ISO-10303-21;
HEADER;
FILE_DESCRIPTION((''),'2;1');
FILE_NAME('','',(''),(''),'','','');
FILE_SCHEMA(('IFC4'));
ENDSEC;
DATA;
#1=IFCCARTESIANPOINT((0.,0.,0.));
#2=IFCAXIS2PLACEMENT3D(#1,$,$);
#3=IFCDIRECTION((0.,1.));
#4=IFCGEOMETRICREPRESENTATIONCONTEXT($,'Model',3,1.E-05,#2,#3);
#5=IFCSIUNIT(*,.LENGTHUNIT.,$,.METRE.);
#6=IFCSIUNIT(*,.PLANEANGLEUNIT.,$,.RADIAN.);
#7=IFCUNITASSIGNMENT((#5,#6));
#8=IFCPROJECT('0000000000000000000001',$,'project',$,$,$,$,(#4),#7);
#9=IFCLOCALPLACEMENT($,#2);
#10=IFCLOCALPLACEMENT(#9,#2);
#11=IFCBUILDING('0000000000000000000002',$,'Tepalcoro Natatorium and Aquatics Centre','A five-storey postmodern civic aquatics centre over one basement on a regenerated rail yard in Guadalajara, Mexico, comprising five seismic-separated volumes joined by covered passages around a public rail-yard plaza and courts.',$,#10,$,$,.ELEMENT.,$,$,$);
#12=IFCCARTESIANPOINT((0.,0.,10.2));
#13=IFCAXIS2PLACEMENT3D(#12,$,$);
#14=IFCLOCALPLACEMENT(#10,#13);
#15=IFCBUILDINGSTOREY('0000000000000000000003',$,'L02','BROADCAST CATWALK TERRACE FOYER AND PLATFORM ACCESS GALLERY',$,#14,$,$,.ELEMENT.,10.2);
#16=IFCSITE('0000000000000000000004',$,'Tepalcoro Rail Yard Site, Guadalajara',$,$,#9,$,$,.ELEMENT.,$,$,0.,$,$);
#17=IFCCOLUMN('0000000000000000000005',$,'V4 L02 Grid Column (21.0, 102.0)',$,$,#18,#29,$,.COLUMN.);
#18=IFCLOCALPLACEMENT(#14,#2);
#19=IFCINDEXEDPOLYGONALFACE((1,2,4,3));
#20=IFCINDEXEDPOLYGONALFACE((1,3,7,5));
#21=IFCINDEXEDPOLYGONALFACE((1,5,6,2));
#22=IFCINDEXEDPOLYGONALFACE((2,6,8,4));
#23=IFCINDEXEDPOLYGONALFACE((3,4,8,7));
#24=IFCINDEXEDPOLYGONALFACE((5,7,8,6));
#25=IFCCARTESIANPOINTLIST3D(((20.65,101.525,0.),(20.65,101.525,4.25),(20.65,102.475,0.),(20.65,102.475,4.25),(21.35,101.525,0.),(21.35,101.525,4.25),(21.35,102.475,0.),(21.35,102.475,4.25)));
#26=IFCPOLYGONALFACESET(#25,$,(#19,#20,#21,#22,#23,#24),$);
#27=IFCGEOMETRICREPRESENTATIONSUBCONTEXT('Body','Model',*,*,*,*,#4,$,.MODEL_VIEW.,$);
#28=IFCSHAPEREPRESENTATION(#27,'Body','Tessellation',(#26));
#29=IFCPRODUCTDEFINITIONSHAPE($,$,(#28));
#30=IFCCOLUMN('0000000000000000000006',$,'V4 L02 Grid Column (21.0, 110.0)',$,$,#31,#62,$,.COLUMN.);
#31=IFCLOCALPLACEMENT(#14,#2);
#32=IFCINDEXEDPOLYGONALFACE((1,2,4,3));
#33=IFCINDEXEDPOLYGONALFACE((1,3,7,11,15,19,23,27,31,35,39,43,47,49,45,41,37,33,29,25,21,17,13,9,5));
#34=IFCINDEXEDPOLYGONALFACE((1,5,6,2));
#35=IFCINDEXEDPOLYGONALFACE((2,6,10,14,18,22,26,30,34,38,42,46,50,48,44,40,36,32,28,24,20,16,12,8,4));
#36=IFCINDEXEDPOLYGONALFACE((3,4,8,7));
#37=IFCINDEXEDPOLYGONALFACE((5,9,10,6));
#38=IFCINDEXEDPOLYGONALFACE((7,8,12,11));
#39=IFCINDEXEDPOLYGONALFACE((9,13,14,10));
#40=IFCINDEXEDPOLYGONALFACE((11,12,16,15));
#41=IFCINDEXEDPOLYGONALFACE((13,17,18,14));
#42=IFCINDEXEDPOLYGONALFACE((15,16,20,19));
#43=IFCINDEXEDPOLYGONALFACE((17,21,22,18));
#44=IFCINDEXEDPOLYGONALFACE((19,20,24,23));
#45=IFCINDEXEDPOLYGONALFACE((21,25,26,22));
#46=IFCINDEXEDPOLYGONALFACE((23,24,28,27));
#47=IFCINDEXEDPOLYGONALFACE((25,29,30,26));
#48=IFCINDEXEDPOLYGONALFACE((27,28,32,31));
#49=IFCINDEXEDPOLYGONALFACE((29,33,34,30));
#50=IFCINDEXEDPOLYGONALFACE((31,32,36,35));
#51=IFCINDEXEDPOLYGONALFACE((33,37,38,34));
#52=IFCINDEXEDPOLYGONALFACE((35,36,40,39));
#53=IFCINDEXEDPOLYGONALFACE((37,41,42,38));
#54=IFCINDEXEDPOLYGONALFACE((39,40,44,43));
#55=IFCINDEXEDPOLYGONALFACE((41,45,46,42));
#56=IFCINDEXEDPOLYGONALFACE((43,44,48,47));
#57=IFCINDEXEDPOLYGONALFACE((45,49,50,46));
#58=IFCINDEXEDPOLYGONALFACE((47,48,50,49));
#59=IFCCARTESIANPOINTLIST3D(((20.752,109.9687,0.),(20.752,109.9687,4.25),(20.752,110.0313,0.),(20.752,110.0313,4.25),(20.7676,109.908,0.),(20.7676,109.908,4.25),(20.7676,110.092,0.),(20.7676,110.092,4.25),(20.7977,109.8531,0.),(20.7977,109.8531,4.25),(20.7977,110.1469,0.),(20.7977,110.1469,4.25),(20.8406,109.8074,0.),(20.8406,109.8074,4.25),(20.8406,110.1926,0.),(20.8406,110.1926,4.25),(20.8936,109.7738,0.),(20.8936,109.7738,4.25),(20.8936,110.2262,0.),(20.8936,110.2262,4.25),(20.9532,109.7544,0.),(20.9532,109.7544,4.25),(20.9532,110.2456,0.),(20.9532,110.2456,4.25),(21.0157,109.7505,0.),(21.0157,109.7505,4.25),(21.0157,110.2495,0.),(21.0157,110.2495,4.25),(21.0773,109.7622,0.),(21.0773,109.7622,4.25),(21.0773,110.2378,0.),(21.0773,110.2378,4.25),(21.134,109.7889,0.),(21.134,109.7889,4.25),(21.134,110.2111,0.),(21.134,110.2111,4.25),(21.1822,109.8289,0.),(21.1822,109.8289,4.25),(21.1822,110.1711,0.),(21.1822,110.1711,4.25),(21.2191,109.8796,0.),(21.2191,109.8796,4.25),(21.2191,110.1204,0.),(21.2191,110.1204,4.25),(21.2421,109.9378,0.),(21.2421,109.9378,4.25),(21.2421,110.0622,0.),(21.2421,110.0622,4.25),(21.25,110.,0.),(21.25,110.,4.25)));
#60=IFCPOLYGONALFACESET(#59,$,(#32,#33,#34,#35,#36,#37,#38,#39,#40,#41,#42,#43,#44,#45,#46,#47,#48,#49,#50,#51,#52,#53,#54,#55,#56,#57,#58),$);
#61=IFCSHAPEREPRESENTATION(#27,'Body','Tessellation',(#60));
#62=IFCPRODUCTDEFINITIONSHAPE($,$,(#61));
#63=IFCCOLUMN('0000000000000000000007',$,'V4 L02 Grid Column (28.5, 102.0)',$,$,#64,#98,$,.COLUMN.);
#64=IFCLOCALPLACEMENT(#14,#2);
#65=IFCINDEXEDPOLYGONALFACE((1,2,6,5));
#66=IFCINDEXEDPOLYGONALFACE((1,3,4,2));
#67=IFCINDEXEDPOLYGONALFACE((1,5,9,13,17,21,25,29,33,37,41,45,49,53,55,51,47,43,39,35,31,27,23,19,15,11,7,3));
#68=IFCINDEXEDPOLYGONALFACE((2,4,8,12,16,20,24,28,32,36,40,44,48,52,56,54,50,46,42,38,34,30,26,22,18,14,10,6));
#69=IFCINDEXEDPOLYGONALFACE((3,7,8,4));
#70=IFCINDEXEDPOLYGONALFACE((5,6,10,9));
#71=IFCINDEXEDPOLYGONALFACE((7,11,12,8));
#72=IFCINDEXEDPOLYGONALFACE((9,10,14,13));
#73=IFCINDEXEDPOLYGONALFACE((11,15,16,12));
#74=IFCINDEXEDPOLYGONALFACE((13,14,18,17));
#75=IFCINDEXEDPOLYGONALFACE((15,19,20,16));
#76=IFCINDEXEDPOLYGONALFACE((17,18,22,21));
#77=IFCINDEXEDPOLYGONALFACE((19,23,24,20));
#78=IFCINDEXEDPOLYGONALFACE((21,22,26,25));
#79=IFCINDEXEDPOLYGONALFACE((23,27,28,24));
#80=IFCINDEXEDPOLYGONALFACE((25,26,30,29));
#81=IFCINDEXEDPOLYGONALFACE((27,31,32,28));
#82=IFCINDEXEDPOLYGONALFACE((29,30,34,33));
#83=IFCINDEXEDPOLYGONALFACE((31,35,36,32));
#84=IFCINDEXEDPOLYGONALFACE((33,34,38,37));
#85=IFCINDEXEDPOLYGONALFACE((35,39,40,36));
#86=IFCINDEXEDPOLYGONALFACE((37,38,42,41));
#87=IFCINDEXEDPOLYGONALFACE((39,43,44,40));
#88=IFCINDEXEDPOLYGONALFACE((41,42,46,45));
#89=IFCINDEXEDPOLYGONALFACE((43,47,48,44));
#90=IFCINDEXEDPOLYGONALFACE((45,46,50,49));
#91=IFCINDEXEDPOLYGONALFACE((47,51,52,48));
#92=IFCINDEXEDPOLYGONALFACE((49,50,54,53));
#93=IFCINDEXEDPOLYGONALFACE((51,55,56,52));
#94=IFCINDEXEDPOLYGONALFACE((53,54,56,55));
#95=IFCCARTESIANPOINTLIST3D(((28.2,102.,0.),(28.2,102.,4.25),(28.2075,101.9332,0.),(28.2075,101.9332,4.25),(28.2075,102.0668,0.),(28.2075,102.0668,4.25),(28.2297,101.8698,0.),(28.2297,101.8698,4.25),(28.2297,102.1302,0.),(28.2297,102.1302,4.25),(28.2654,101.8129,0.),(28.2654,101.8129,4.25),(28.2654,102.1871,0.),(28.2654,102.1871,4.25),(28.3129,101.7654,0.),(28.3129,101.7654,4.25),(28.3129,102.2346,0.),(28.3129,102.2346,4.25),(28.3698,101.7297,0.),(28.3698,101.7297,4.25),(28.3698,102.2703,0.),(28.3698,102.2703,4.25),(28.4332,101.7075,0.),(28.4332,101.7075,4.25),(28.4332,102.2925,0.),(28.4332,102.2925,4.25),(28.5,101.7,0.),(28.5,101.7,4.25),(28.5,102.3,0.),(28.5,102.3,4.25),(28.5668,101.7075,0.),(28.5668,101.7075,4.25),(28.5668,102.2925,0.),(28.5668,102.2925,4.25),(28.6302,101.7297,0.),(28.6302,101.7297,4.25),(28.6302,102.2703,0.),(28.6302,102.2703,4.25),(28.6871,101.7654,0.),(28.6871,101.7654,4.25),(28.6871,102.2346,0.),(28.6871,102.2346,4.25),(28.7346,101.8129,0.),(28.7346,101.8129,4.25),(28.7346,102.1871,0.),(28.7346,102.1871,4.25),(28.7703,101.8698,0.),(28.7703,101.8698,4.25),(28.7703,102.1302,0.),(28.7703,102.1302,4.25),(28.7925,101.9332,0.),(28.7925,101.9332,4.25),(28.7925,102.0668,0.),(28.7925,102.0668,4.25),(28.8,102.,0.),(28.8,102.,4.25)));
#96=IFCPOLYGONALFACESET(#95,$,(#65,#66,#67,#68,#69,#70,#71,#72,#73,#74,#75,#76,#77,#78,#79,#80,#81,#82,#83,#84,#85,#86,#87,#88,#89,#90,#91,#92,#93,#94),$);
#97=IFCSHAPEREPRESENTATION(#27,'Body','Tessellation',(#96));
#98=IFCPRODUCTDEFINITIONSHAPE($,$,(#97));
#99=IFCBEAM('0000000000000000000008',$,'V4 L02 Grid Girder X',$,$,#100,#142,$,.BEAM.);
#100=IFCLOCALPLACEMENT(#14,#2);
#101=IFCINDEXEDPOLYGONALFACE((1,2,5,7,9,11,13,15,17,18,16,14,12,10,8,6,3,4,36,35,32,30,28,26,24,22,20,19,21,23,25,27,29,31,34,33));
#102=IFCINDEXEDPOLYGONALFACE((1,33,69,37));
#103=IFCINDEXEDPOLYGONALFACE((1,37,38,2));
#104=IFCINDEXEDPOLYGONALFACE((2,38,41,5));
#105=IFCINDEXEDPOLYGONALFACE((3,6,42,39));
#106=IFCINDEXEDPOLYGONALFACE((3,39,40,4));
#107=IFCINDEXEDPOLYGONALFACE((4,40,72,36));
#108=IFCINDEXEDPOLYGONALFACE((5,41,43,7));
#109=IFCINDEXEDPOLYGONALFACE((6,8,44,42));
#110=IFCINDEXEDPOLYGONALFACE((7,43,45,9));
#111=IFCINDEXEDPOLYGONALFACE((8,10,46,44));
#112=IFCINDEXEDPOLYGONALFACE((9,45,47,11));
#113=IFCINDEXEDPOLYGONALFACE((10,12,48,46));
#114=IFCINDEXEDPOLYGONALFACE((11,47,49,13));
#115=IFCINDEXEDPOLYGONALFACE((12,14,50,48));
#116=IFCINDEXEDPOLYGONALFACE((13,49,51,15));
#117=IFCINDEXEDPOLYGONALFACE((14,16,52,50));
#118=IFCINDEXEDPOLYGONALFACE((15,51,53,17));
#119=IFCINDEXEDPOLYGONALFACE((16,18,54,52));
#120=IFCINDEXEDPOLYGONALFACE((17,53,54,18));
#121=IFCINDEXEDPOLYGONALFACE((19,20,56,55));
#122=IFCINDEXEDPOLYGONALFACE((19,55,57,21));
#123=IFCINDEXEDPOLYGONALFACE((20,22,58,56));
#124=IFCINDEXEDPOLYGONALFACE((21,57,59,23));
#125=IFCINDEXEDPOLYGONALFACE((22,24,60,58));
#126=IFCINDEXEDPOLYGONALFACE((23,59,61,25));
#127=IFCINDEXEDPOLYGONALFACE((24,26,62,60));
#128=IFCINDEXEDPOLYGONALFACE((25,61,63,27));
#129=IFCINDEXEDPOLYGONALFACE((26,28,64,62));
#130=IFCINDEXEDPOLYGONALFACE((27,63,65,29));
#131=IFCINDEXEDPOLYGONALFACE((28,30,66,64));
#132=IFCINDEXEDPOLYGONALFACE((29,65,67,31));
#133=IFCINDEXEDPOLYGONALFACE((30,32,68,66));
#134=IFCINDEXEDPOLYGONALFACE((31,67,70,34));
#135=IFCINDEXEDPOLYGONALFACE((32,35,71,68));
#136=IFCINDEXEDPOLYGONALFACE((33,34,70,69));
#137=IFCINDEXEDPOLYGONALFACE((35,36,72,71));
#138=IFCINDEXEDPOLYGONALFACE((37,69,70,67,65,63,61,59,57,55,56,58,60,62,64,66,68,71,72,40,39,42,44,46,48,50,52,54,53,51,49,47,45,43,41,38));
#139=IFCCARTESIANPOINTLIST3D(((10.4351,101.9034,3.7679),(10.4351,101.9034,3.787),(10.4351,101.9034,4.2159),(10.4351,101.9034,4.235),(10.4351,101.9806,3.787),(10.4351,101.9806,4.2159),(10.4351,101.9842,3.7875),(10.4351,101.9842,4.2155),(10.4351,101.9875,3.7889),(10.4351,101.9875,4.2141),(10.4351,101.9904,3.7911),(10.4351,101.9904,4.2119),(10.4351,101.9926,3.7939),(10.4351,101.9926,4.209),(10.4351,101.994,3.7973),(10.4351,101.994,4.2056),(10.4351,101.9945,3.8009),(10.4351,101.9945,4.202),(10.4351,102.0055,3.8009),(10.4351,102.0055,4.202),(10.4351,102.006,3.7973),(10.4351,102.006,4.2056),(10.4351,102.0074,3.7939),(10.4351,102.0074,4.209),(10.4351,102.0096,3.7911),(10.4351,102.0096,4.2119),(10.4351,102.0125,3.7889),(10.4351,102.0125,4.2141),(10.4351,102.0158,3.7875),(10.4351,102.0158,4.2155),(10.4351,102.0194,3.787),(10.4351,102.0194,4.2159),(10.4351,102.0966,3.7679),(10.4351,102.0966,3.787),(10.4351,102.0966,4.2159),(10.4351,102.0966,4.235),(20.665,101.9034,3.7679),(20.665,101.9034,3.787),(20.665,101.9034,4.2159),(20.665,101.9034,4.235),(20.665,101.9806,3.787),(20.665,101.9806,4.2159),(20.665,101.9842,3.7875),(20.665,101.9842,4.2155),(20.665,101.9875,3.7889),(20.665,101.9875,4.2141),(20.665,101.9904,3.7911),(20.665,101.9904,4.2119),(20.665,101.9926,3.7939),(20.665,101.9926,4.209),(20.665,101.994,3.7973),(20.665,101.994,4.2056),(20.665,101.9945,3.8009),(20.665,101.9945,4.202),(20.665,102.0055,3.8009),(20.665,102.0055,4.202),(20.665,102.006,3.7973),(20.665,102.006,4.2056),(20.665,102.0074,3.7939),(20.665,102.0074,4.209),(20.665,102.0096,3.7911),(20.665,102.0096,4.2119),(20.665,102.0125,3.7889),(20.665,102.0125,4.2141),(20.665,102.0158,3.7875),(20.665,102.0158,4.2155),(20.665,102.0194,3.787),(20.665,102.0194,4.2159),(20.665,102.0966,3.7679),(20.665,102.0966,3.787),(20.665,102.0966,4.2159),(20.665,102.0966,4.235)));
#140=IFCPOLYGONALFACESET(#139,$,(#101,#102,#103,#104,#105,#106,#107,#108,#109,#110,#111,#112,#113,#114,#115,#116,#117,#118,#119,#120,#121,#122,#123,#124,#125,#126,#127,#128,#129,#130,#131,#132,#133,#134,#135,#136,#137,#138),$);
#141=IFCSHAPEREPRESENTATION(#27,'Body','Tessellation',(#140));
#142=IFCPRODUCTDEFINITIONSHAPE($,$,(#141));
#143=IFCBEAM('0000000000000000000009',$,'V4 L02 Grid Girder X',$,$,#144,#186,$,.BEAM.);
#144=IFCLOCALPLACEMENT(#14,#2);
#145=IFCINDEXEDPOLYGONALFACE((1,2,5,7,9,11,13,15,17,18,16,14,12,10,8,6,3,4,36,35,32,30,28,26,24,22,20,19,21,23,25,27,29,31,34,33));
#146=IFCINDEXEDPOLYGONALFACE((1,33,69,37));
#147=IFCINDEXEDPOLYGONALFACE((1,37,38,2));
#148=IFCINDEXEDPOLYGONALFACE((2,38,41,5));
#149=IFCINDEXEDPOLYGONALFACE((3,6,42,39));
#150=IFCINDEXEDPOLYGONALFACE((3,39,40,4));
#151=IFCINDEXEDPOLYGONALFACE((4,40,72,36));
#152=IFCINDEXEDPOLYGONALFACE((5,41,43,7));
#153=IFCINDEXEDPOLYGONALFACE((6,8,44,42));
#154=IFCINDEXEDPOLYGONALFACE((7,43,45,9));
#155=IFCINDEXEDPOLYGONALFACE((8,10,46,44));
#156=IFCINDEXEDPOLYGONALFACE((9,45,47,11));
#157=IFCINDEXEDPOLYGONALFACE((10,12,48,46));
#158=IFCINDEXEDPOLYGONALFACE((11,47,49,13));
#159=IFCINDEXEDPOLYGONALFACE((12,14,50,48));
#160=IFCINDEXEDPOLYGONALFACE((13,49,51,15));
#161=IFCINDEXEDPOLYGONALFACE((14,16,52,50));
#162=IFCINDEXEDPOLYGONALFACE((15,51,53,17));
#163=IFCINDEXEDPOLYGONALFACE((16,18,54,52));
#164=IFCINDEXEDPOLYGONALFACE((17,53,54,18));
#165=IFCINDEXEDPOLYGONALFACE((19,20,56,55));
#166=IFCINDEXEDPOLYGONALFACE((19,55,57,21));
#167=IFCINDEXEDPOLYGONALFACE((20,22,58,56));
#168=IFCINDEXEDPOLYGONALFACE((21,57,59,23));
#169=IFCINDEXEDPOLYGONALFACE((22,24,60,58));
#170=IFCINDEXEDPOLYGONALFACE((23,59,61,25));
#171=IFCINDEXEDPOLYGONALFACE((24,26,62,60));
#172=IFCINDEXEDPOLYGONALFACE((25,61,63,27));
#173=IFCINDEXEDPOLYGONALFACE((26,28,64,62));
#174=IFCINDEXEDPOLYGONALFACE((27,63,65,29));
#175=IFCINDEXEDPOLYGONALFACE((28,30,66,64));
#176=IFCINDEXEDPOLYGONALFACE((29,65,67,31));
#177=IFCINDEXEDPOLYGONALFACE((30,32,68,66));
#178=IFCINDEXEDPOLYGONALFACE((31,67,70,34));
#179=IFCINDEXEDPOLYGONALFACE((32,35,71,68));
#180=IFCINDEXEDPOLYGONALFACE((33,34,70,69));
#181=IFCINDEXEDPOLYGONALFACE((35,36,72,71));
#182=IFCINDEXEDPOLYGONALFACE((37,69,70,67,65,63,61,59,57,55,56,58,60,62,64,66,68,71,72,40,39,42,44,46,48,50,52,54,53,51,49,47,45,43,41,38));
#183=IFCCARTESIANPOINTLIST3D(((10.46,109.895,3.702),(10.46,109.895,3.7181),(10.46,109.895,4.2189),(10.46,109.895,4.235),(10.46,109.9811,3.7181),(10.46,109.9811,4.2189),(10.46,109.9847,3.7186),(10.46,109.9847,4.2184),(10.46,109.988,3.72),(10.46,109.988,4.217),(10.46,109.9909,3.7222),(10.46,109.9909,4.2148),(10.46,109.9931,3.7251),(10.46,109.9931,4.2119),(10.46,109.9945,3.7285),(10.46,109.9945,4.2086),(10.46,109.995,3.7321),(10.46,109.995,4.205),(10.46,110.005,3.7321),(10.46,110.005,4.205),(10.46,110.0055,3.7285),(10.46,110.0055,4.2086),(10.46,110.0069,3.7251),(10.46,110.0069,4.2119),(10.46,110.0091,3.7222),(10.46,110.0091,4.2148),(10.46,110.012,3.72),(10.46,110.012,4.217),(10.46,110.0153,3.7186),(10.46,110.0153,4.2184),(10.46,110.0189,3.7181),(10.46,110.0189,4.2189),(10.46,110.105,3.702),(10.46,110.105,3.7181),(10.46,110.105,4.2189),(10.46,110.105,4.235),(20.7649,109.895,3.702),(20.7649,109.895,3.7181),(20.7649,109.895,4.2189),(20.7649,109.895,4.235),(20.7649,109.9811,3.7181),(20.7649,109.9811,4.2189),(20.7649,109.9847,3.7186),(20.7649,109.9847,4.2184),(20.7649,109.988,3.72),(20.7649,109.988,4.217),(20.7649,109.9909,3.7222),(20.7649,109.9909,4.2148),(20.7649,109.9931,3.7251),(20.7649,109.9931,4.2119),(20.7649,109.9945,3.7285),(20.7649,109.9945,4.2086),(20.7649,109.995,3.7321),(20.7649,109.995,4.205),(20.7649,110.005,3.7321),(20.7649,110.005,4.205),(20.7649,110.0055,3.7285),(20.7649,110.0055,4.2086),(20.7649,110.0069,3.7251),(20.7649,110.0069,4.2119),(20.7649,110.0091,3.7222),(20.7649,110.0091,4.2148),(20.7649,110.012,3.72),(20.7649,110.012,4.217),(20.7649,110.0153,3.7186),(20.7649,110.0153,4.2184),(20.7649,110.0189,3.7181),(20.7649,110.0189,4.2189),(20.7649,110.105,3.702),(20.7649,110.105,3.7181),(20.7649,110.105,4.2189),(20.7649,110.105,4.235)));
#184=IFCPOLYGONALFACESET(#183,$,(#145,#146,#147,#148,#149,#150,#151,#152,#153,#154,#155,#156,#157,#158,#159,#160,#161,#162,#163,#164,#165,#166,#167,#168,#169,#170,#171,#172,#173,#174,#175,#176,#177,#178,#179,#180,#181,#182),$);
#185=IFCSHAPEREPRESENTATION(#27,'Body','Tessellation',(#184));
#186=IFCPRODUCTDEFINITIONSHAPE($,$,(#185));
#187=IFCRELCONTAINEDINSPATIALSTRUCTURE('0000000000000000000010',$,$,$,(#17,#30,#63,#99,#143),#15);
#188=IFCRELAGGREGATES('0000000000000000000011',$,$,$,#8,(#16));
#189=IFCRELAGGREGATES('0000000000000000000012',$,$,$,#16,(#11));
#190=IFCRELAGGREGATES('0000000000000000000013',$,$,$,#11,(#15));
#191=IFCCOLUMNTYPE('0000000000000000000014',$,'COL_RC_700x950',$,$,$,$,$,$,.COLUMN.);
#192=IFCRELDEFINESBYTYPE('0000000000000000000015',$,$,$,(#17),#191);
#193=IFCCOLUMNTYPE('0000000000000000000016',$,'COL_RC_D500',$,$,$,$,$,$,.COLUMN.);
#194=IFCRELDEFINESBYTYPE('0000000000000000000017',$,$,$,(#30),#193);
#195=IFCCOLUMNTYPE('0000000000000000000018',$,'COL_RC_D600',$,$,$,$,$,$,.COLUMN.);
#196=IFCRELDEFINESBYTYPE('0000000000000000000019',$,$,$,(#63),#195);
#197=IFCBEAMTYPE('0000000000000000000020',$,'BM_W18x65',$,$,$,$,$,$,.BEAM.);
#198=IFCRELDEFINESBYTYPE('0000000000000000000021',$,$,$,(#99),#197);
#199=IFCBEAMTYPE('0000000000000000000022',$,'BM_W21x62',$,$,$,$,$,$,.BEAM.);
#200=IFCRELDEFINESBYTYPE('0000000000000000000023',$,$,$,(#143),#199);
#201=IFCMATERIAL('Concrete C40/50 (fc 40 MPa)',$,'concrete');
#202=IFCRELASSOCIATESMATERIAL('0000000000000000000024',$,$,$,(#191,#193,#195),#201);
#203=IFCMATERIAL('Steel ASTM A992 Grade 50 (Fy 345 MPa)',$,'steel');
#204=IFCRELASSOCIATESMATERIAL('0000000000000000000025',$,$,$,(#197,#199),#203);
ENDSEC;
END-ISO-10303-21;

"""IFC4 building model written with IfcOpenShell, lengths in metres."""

from ifc_helpers import new_model, si_unit, direction, frame, origin, origin_2d, place, context, subcontext, project, spatial, rectangle, circle, i_section, extrude, material, material_profile, profile_set, type_object, element, save


model = new_model("IFC4")

# Units and contexts
model_context = context("Model", 3, precision=1e-05, world=origin(), true_north=direction((0.0, 1.0)))
body_context = subcontext(model_context, "Body", "Model", "MODEL_VIEW")
ifc_project = project(units=[si_unit("LENGTHUNIT", "METRE"), si_unit("PLANEANGLEUNIT", "RADIAN")], contexts=[model_context])

# Site, building, storey
site_placement = place(None, origin())
site = spatial("IfcSite", under=ifc_project, at=site_placement, Name="Tepalcoro Rail Yard Site, Guadalajara", CompositionType="ELEMENT", RefElevation=0.0)
building_placement = place(site_placement, origin())
building = spatial("IfcBuilding", under=site, at=building_placement, Name="Tepalcoro Natatorium and Aquatics Centre", Description="A five-storey postmodern civic aquatics centre over one basement on a regenerated rail yard in Guadalajara, Mexico, comprising five seismic-separated volumes joined by covered passages around a public rail-yard plaza and courts.", CompositionType="ELEMENT")
storey_placement = place(building_placement, frame((0.0, 0.0, 10.2)))
storey = spatial("IfcBuildingStorey", under=building, at=storey_placement, Name="L02", Description="BROADCAST CATWALK TERRACE FOYER AND PLATFORM ACCESS GALLERY", CompositionType="ELEMENT", Elevation=10.2)

# Columns
ifc_material_1 = material(Name="Concrete C40/50 (fc 40 MPa)", Category="concrete")
ifc_material_profile_1 = material_profile(ifc_material_1, rectangle(XDim=0.7, YDim=0.95, at=origin_2d()), Name="RC700x950")
ifc_profile_set_1 = profile_set([ifc_material_profile_1], Name="Concrete C40/50 (fc 40 MPa)")
column_type_1 = type_object("IfcColumnType", Name="COL_RC_700x950", PredefinedType="COLUMN", material=ifc_profile_set_1)
column_1_placement = place(storey_placement, frame((21.0, 102.0, 0.0), z_axis=(0.0, 0.0, 1.0), x_axis=(1.0, 0.0, 0.0)))
element("IfcColumn", 1, at=column_1_placement, inside=storey, type_object=column_type_1, Name="V4 L02 Grid Column (21.0, 102.0)", PredefinedType="COLUMN", context=body_context, shape_type="SweptSolid", body=[
    extrude(rectangle(XDim=0.7, YDim=0.95, at=origin_2d()), origin(), (0.0, 0.0, 1.0), 4.25),
])
ifc_material_profile_2 = material_profile(ifc_material_1, circle(Radius=0.25, at=origin_2d()), Name="RCD500")
ifc_profile_set_2 = profile_set([ifc_material_profile_2], Name="Concrete C40/50 (fc 40 MPa)")
column_type_2 = type_object("IfcColumnType", Name="COL_RC_D500", PredefinedType="COLUMN", material=ifc_profile_set_2)
column_2_placement = place(storey_placement, frame((21.0, 110.0, 0.0), z_axis=(0.0, 0.0, 1.0), x_axis=(1.0, 0.0, 0.0)))
element("IfcColumn", 2, at=column_2_placement, inside=storey, type_object=column_type_2, Name="V4 L02 Grid Column (21.0, 110.0)", PredefinedType="COLUMN", context=body_context, shape_type="SweptSolid", body=[
    extrude(circle(Radius=0.25, at=origin_2d()), origin(), (0.0, 0.0, 1.0), 4.25),
])
ifc_material_profile_3 = material_profile(ifc_material_1, circle(Radius=0.3, at=origin_2d()), Name="RCD600")
ifc_profile_set_3 = profile_set([ifc_material_profile_3], Name="Concrete C40/50 (fc 40 MPa)")
column_type_3 = type_object("IfcColumnType", Name="COL_RC_D600", PredefinedType="COLUMN", material=ifc_profile_set_3)
column_3_placement = place(storey_placement, frame((28.5, 102.0, 0.0), z_axis=(0.0, 0.0, 1.0), x_axis=(1.0, 0.0, 0.0)))
element("IfcColumn", 3, at=column_3_placement, inside=storey, type_object=column_type_3, Name="V4 L02 Grid Column (28.5, 102.0)", PredefinedType="COLUMN", context=body_context, shape_type="SweptSolid", body=[
    extrude(circle(Radius=0.3, at=origin_2d()), origin(), (0.0, 0.0, 1.0), 4.25),
])

# Beams
ifc_material_2 = material(Name="Steel ASTM A992 Grade 50 (Fy 345 MPa)", Category="steel")
ifc_material_profile_4 = material_profile(ifc_material_2, i_section(OverallWidth=0.1931, OverallDepth=0.467, WebThickness=0.011, FlangeThickness=0.019, FilletRadius=0.0139, at=origin_2d()), Name="W18X65")
ifc_profile_set_4 = profile_set([ifc_material_profile_4], Name="Steel ASTM A992 Grade 50 (Fy 345 MPa)")
beam_type_1 = type_object("IfcBeamType", Name="BM_W18x65", PredefinedType="BEAM", material=ifc_profile_set_4)
beam_1_placement = place(storey_placement, frame((10.4351, 102.0, 4.0015), z_axis=(1.0, 0.0, 0.0), x_axis=(0.0, 1.0, 0.0)))
element("IfcBeam", 4, at=beam_1_placement, inside=storey, type_object=beam_type_1, Name="V4 L02 Grid Girder X", PredefinedType="BEAM", context=body_context, shape_type="SweptSolid", body=[
    extrude(i_section(OverallWidth=0.1931, OverallDepth=0.467, WebThickness=0.011, FlangeThickness=0.019, FilletRadius=0.0139, at=origin_2d()), origin(), (0.0, 0.0, 1.0), 10.23),
])
ifc_material_profile_5 = material_profile(ifc_material_2, i_section(OverallWidth=0.21, OverallDepth=0.533, WebThickness=0.01, FlangeThickness=0.0161, FilletRadius=0.0139, at=origin_2d()), Name="W21X62")
ifc_profile_set_5 = profile_set([ifc_material_profile_5], Name="Steel ASTM A992 Grade 50 (Fy 345 MPa)")
beam_type_2 = type_object("IfcBeamType", Name="BM_W21x62", PredefinedType="BEAM", material=ifc_profile_set_5)
beam_2_placement = place(storey_placement, frame((10.46, 110.0, 3.9685), z_axis=(1.0, 0.0, 0.0), x_axis=(0.0, 1.0, 0.0)))
element("IfcBeam", 5, at=beam_2_placement, inside=storey, type_object=beam_type_2, Name="V4 L02 Grid Girder X", PredefinedType="BEAM", context=body_context, shape_type="SweptSolid", body=[
    extrude(i_section(OverallWidth=0.21, OverallDepth=0.533, WebThickness=0.01, FlangeThickness=0.0161, FilletRadius=0.0139, at=origin_2d()), origin(), (0.0, 0.0, 1.0), 10.3049),
])

save(model, "model.ifc")
